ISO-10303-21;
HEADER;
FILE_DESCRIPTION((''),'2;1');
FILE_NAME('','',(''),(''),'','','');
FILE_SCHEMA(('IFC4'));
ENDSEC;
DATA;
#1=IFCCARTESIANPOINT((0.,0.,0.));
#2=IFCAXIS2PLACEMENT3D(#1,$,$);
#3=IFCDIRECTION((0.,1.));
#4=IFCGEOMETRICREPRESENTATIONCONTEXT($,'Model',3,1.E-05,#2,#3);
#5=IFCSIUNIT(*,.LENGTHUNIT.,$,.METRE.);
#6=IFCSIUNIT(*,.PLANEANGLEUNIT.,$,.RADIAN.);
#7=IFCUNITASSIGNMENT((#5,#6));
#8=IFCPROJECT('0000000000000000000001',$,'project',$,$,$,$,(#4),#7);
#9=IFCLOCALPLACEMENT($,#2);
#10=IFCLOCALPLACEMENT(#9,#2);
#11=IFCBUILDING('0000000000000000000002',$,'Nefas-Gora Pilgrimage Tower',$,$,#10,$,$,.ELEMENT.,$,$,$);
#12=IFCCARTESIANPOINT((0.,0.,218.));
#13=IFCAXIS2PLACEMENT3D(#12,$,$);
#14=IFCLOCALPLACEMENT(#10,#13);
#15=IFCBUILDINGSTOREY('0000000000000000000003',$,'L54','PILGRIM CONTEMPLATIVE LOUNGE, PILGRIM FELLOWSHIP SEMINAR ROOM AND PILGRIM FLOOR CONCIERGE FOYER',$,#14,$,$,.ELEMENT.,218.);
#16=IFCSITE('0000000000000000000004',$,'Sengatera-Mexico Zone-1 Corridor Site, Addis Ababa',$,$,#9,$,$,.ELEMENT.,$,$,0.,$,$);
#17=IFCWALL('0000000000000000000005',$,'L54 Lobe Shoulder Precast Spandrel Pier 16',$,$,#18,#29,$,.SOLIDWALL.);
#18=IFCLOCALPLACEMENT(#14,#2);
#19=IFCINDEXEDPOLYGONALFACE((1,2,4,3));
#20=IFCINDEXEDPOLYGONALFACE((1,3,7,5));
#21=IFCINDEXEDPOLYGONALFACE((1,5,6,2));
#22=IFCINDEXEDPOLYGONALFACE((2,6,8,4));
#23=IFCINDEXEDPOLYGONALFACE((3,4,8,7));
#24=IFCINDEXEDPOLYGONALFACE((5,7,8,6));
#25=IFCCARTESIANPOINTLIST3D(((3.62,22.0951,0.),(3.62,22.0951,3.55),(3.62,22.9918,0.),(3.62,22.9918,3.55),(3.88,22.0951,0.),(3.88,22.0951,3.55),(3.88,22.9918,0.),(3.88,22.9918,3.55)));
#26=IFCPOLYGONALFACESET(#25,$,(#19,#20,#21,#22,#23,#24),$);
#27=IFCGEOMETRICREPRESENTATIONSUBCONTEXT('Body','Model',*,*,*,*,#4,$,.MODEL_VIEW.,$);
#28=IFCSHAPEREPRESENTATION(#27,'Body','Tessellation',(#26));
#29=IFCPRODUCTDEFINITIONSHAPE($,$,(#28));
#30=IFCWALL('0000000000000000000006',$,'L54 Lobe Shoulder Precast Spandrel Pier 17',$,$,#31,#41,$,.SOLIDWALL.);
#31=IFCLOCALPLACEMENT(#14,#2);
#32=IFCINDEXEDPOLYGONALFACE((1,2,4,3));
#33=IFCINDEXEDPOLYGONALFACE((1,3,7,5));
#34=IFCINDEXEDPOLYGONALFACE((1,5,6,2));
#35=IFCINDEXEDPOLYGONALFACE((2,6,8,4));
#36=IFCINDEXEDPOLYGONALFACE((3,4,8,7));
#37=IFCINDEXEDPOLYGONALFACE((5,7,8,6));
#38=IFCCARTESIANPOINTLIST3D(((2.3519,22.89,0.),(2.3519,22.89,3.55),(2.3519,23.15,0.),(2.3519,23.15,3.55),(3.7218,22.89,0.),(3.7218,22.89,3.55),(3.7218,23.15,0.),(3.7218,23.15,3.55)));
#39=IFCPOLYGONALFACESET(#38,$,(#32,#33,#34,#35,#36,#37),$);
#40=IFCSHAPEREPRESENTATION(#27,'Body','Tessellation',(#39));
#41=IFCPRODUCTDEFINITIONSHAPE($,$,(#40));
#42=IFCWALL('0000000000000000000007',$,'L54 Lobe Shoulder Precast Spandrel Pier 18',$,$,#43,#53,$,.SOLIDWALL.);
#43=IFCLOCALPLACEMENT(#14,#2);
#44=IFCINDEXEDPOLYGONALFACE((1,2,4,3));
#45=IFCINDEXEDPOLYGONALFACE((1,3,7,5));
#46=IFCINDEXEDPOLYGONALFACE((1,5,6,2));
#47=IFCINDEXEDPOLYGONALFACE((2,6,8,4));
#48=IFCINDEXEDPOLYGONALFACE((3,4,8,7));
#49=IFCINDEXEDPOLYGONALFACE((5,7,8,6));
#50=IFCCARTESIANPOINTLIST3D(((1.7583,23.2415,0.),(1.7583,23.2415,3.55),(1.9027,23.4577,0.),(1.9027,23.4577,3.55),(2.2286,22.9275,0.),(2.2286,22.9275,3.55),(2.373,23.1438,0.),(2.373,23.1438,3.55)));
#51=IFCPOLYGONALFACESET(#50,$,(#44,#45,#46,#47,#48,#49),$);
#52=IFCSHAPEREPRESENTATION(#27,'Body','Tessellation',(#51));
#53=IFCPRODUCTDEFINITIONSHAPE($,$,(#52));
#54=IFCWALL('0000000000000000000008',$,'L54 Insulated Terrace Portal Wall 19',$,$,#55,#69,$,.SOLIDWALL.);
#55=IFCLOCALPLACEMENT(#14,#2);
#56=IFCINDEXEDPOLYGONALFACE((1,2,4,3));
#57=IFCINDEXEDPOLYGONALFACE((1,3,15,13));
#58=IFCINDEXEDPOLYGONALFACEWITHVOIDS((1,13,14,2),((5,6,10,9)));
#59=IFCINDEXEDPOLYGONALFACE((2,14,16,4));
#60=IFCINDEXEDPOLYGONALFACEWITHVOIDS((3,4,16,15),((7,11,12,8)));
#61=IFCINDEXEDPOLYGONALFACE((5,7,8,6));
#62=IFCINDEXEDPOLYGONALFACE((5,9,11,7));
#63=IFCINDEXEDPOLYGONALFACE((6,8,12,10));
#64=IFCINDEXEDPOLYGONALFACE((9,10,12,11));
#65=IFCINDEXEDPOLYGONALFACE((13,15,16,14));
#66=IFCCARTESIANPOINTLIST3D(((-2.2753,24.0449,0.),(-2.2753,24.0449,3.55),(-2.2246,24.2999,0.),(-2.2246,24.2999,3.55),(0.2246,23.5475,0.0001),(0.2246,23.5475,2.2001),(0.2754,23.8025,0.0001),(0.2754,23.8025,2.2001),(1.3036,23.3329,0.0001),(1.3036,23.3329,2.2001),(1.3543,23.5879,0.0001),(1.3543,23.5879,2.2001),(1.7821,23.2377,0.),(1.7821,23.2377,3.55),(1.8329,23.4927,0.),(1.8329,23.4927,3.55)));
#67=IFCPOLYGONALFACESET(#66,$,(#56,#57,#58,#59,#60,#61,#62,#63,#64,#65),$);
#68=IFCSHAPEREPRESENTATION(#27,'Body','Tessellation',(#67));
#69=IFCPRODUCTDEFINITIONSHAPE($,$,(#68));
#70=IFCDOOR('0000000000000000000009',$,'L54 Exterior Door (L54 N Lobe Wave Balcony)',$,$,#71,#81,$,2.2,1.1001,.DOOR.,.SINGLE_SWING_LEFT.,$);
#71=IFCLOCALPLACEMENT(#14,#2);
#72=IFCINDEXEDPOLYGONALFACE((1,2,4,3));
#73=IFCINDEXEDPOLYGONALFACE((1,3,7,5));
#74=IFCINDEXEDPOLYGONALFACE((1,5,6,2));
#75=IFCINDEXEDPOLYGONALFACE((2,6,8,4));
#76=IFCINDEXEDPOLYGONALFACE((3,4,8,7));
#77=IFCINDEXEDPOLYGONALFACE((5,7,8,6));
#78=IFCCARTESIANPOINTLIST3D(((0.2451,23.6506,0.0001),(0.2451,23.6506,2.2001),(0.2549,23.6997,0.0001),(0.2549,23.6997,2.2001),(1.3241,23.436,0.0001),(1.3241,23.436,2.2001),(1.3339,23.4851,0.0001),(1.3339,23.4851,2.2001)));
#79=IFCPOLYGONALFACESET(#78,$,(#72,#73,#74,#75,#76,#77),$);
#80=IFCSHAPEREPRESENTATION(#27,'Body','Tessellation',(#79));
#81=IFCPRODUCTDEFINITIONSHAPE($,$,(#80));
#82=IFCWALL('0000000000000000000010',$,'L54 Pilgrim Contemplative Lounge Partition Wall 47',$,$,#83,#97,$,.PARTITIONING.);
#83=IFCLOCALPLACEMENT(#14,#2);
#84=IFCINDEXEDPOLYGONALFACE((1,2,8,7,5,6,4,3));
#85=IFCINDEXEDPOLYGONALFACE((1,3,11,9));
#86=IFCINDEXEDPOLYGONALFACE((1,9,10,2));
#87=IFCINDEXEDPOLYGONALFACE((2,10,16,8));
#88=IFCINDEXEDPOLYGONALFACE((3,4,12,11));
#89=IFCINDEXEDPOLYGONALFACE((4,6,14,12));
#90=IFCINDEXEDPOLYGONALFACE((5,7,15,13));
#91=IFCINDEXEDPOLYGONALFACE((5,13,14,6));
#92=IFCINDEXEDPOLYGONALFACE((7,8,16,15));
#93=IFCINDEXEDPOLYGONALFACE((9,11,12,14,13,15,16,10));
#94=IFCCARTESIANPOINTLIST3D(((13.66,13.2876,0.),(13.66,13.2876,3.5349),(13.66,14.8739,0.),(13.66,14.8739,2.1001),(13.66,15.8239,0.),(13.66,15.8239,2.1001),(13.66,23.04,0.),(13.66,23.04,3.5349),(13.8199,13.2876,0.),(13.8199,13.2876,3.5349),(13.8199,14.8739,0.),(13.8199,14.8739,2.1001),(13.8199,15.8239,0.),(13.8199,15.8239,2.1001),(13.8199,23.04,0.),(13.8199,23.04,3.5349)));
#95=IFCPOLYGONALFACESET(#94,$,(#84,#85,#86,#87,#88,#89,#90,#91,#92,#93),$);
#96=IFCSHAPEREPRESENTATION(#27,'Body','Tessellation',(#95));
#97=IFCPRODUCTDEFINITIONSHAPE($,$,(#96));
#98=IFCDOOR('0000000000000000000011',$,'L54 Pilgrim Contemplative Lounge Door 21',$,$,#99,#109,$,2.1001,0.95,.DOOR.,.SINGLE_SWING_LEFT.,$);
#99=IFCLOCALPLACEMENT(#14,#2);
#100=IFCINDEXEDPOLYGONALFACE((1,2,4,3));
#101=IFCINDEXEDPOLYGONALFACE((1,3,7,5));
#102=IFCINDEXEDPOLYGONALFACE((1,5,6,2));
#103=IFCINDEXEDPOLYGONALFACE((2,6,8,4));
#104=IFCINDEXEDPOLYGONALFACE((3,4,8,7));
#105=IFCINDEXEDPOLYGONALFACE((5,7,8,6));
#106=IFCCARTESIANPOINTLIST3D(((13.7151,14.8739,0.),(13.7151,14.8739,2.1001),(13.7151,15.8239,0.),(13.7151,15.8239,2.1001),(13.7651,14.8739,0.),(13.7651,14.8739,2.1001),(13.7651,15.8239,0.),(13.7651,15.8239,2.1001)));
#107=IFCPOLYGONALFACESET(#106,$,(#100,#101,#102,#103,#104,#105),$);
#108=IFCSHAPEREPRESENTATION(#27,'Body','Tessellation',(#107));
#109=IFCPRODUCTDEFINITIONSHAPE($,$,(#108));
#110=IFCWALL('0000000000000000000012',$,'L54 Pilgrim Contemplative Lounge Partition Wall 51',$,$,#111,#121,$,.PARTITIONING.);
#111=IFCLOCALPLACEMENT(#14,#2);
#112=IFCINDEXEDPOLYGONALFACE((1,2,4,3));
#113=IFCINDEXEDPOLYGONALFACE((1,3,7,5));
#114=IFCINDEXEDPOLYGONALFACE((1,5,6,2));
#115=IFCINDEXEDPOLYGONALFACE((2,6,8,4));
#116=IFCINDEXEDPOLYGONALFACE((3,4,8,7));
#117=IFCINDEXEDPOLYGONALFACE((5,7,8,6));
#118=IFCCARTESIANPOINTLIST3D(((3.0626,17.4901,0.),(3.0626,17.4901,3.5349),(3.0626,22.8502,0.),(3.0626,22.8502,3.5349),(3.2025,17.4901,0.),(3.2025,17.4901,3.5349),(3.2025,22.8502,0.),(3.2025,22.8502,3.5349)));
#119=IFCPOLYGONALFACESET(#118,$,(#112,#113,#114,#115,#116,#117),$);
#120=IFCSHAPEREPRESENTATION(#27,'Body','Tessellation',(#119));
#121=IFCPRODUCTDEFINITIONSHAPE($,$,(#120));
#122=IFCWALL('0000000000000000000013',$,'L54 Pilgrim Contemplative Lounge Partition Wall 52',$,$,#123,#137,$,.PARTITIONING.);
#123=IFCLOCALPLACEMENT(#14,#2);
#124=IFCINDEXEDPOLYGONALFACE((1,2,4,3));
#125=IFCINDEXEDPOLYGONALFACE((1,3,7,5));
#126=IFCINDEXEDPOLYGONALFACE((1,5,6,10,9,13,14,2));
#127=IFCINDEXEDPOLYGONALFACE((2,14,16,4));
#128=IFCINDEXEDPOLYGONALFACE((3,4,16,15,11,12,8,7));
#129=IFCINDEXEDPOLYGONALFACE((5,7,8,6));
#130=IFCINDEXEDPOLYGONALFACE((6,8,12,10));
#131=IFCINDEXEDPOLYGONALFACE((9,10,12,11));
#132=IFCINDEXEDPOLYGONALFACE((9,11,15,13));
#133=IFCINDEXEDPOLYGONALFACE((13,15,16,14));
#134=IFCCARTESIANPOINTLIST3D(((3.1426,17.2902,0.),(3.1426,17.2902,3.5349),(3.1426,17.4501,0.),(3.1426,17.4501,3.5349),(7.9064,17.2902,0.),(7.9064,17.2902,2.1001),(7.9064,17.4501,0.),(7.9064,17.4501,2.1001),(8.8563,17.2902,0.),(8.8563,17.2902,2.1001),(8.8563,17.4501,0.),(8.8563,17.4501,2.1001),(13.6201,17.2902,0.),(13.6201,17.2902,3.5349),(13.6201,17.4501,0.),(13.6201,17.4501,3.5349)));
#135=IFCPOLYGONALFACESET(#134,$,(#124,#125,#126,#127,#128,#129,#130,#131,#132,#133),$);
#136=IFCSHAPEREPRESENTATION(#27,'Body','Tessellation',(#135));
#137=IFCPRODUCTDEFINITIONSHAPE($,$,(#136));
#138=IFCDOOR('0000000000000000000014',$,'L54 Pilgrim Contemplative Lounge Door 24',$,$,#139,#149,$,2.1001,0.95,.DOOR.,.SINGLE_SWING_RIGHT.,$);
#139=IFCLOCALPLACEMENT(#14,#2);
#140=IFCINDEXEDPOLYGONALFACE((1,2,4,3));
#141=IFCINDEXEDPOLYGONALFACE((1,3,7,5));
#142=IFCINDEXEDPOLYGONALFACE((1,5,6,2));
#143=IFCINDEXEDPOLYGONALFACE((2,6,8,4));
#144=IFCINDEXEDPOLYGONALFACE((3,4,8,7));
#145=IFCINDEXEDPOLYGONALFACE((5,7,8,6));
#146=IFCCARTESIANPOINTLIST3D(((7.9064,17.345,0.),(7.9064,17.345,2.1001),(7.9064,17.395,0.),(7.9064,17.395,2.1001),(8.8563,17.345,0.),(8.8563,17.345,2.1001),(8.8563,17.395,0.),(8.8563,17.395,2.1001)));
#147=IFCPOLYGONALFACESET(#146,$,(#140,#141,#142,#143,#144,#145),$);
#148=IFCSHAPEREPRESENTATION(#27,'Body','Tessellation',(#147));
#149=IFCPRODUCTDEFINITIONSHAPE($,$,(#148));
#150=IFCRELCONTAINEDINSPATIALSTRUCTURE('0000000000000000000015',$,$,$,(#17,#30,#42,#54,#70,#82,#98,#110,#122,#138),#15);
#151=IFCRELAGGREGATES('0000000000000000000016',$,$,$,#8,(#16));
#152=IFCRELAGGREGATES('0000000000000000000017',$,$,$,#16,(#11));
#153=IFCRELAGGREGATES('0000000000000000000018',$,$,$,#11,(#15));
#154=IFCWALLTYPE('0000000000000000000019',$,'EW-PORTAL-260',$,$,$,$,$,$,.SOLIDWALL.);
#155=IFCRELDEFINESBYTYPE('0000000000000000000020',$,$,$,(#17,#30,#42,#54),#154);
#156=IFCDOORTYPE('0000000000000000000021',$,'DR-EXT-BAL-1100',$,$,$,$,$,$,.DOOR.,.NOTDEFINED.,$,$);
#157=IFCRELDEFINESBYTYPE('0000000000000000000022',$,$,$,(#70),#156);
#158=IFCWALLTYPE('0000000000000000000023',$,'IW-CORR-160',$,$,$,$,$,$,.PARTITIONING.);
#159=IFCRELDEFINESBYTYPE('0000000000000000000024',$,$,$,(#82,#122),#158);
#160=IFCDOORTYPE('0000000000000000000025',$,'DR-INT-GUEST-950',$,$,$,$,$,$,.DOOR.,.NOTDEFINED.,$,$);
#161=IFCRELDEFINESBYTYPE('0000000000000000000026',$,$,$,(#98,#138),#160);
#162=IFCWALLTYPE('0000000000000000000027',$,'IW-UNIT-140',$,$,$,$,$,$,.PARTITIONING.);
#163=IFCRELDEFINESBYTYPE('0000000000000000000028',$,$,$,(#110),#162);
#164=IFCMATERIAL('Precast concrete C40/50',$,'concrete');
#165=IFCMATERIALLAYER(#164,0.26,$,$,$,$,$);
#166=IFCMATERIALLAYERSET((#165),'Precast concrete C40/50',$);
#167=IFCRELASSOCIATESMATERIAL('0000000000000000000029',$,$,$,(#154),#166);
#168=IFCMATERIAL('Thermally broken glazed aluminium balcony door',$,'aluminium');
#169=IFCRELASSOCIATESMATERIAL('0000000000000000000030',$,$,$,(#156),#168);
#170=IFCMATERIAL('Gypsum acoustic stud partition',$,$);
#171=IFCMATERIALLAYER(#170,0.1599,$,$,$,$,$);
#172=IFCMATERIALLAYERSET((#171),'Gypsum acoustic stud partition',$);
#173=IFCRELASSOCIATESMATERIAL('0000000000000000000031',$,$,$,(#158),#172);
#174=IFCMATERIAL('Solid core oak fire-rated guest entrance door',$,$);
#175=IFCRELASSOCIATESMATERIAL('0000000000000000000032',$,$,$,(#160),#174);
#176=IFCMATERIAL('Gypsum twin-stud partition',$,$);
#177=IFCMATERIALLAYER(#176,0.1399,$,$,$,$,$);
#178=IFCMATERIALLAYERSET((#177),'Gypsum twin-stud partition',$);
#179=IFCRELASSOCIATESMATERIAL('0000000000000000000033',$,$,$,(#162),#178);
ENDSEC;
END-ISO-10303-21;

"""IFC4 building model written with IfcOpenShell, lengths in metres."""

from ifc_helpers import new_model, si_unit, direction, frame, frame_2d, origin, place, context, subcontext, project, spatial, rectangle, extrude, source, transform, mapped, material, layer, layer_set, type_object, element, fill, save


model = new_model("IFC4")

# Units and contexts
model_context = context("Model", 3, precision=1e-05, world=origin(), true_north=direction((0.0, 1.0)))
body_context = subcontext(model_context, "Body", "Model", "MODEL_VIEW")
ifc_project = project(units=[si_unit("LENGTHUNIT", "METRE"), si_unit("PLANEANGLEUNIT", "RADIAN")], contexts=[model_context])

# Site, building, storey
site_placement = place(None, origin())
site = spatial("IfcSite", under=ifc_project, at=site_placement, Name="Sengatera-Mexico Zone-1 Corridor Site, Addis Ababa", CompositionType="ELEMENT", RefElevation=0.0)
building_placement = place(site_placement, origin())
building = spatial("IfcBuilding", under=site, at=building_placement, Name="Nefas-Gora Pilgrimage Tower", CompositionType="ELEMENT")
storey_placement = place(building_placement, frame((0.0, 0.0, 218.0)))
storey = spatial("IfcBuildingStorey", under=building, at=storey_placement, Name="L54", Description="PILGRIM CONTEMPLATIVE LOUNGE, PILGRIM FELLOWSHIP SEMINAR ROOM AND PILGRIM FLOOR CONCIERGE FOYER", CompositionType="ELEMENT", Elevation=218.0)

# Walls
ifc_material_1 = material(Name="Precast concrete C40/50", Category="concrete")
ifc_layer_1 = layer(ifc_material_1, 0.26)
ifc_layer_set_1 = layer_set([ifc_layer_1], Name="Precast concrete C40/50")
wall_type_1 = type_object("IfcWallType", Name="EW-PORTAL-260", PredefinedType="SOLIDWALL", material=ifc_layer_set_1)
shared_shape_1 = source(origin(), body_context, "Body", "SweptSolid", [
    extrude(rectangle(XDim=0.8967, YDim=0.26, at=frame_2d((0.4482, 0.0))), origin(), (0.0, 0.0, 1.0), 3.55),
])
wall_1_placement = place(storey_placement, frame((3.75, 22.0952, 0.0), z_axis=(0.0, 0.0, 1.0), x_axis=(0.0, 1.0, 0.0)))
element("IfcWall", 1, at=wall_1_placement, inside=storey, type_object=wall_type_1, Name="L54 Lobe Shoulder Precast Spandrel Pier 16", PredefinedType="SOLIDWALL", context=body_context, shape_type="MappedRepresentation", body=[
    mapped(shared_shape_1, transform((0.0, 0.0, 0.0), x_axis=(1.0, 0.0, 0.0), y_axis=(0.0, 1.0, 0.0), z_axis=(0.0, 0.0, 1.0), scale=1.0)),
])
shared_shape_2 = source(origin(), body_context, "Body", "SweptSolid", [
    extrude(rectangle(XDim=1.3699, YDim=0.26, at=frame_2d((0.6851, 0.0))), origin(), (0.0, 0.0, 1.0), 3.55),
])
wall_2_placement = place(storey_placement, frame((3.7219, 23.02, 0.0), z_axis=(0.0, 0.0, 1.0), x_axis=(-1.0, 0.0, 0.0)))
element("IfcWall", 2, at=wall_2_placement, inside=storey, type_object=wall_type_1, Name="L54 Lobe Shoulder Precast Spandrel Pier 17", PredefinedType="SOLIDWALL", context=body_context, shape_type="MappedRepresentation", body=[
    mapped(shared_shape_2, transform((0.0, 0.0, 0.0), x_axis=(1.0, 0.0, 0.0), y_axis=(0.0, 1.0, 0.0), z_axis=(0.0, 0.0, 1.0), scale=1.0)),
])
shared_shape_3 = source(origin(), body_context, "Body", "SweptSolid", [
    extrude(rectangle(XDim=0.5654, YDim=0.26, at=frame_2d((0.2827, 0.0))), origin(), (0.0, 0.0, 1.0), 3.55),
])
wall_3_placement = place(storey_placement, frame((2.3008, 23.0356, 0.0), z_axis=(0.0, 0.0, 1.0), x_axis=(-0.831651, 0.555298, 0.0)))
element("IfcWall", 3, at=wall_3_placement, inside=storey, type_object=wall_type_1, Name="L54 Lobe Shoulder Precast Spandrel Pier 18", PredefinedType="SOLIDWALL", context=body_context, shape_type="MappedRepresentation", body=[
    mapped(shared_shape_3, transform((0.0, 0.0, 0.0), x_axis=(1.0, 0.0, 0.0), y_axis=(0.0, 1.0, 0.0), z_axis=(0.0, 0.0, 1.0), scale=1.0)),
])

# Walls, openings, doors
shared_shape_4 = source(origin(), body_context, "Body", "SweptSolid", [
    extrude(rectangle(XDim=4.137, YDim=0.26, at=frame_2d((2.0684, 0.0))), origin(), (0.0, 0.0, 1.0), 3.55),
])
wall_4_placement = place(storey_placement, frame((1.8074, 23.3652, 0.0), z_axis=(0.0, 0.0, 1.0), x_axis=(-0.980782, 0.195106, 0.0)))
wall_4 = element("IfcWall", 4, at=wall_4_placement, inside=storey, type_object=wall_type_1, Name="L54 Insulated Terrace Portal Wall 19", PredefinedType="SOLIDWALL", context=body_context, shape_type="MappedRepresentation", body=[
    mapped(shared_shape_4, transform((0.0, 0.0, 0.0), x_axis=(1.0, 0.0, 0.0), y_axis=(0.0, 1.0, 0.0), z_axis=(0.0, 0.0, 1.0), scale=1.0)),
])
opening_1_placement = place(wall_4_placement, frame((0.4878, 0.0, 0.0)))
opening_1 = element("IfcOpeningElement", 5, at=opening_1_placement, cuts=wall_4, PredefinedType="OPENING", context=body_context, shape_type="SweptSolid", body=[
    extrude(rectangle(XDim=1.1001, YDim=2.2, at=frame_2d((0.55, 1.1001))), frame((0.0, 0.1399, 0.0), z_axis=(0.0, -1.0, 0.0), x_axis=(1.0, 0.0, 0.0)), (0.0, 0.0, 1.0), 0.28),
])
ifc_material_2 = material(Name="Thermally broken glazed aluminium balcony door", Category="aluminium")
door_type_1 = type_object("IfcDoorType", Name="DR-EXT-BAL-1100", OperationType="NOTDEFINED", PredefinedType="DOOR", material=ifc_material_2)
shared_shape_5 = source(origin(), body_context, "Body", "SweptSolid", [
    extrude(rectangle(XDim=1.1001, YDim=2.2, at=frame_2d((0.55, 1.1001))), frame((0.0, 0.0249, 0.0), z_axis=(0.0, -1.0, 0.0), x_axis=(1.0, 0.0, 0.0)), (0.0, 0.0, 1.0), 0.05),
])
door_1_placement = place(opening_1_placement, origin())
door_1 = element("IfcDoor", 6, at=door_1_placement, inside=storey, type_object=door_type_1, Name="L54 Exterior Door (L54 N Lobe Wave Balcony)", OperationType="SINGLE_SWING_LEFT", OverallHeight=2.2, OverallWidth=1.1001, PredefinedType="DOOR", context=body_context, shape_type="MappedRepresentation", body=[
    mapped(shared_shape_5, transform((0.0, 0.0, 0.0), x_axis=(1.0, 0.0, 0.0), y_axis=(0.0, 1.0, 0.0), z_axis=(0.0, 0.0, 1.0), scale=1.0)),
])
fill(opening_1, door_1)
ifc_material_3 = material(Name="Gypsum acoustic stud partition")
ifc_layer_2 = layer(ifc_material_3, 0.1599)
ifc_layer_set_2 = layer_set([ifc_layer_2], Name="Gypsum acoustic stud partition")
wall_type_2 = type_object("IfcWallType", Name="IW-CORR-160", PredefinedType="PARTITIONING", material=ifc_layer_set_2)
shared_shape_6 = source(origin(), body_context, "Body", "SweptSolid", [
    extrude(rectangle(XDim=9.7524, YDim=0.1599, at=frame_2d((4.8762, 0.0))), origin(), (0.0, 0.0, 1.0), 3.5349),
])
wall_5_placement = place(storey_placement, frame((13.74, 13.2876, 0.0), z_axis=(0.0, 0.0, 1.0), x_axis=(0.0, 1.0, 0.0)))
wall_5 = element("IfcWall", 7, at=wall_5_placement, inside=storey, type_object=wall_type_2, Name="L54 Pilgrim Contemplative Lounge Partition Wall 47", PredefinedType="PARTITIONING", context=body_context, shape_type="MappedRepresentation", body=[
    mapped(shared_shape_6, transform((0.0, 0.0, 0.0), x_axis=(1.0, 0.0, 0.0), y_axis=(0.0, 1.0, 0.0), z_axis=(0.0, 0.0, 1.0), scale=1.0)),
])
opening_2_placement = place(wall_5_placement, frame((1.5862, 0.0, 0.0)))
opening_2 = element("IfcOpeningElement", 8, at=opening_2_placement, cuts=wall_5, PredefinedType="OPENING", context=body_context, shape_type="SweptSolid", body=[
    extrude(rectangle(XDim=0.95, YDim=2.1001, at=frame_2d((0.4751, 1.05))), frame((0.0, 0.0898, 0.0), z_axis=(0.0, -1.0, 0.0), x_axis=(1.0, 0.0, 0.0)), (0.0, 0.0, 1.0), 0.1799),
])
ifc_material_4 = material(Name="Solid core oak fire-rated guest entrance door")
door_type_2 = type_object("IfcDoorType", Name="DR-INT-GUEST-950", OperationType="NOTDEFINED", PredefinedType="DOOR", material=ifc_material_4)
shared_shape_7 = source(origin(), body_context, "Body", "SweptSolid", [
    extrude(rectangle(XDim=0.95, YDim=2.1001, at=frame_2d((0.4751, 1.05))), frame((0.0, 0.0249, 0.0), z_axis=(0.0, -1.0, 0.0), x_axis=(1.0, 0.0, 0.0)), (0.0, 0.0, 1.0), 0.05),
])
door_2_placement = place(opening_2_placement, origin())
door_2 = element("IfcDoor", 9, at=door_2_placement, inside=storey, type_object=door_type_2, Name="L54 Pilgrim Contemplative Lounge Door 21", OperationType="SINGLE_SWING_LEFT", OverallHeight=2.1001, OverallWidth=0.95, PredefinedType="DOOR", context=body_context, shape_type="MappedRepresentation", body=[
    mapped(shared_shape_7, transform((0.0, 0.0, 0.0), x_axis=(1.0, 0.0, 0.0), y_axis=(0.0, 1.0, 0.0), z_axis=(0.0, 0.0, 1.0), scale=1.0)),
])
fill(opening_2, door_2)

# Wall
ifc_material_5 = material(Name="Gypsum twin-stud partition")
ifc_layer_3 = layer(ifc_material_5, 0.1399)
ifc_layer_set_3 = layer_set([ifc_layer_3], Name="Gypsum twin-stud partition")
wall_type_3 = type_object("IfcWallType", Name="IW-UNIT-140", PredefinedType="PARTITIONING", material=ifc_layer_set_3)
shared_shape_8 = source(origin(), body_context, "Body", "SweptSolid", [
    extrude(rectangle(XDim=5.3601, YDim=0.1399, at=frame_2d((2.6802, 0.0))), origin(), (0.0, 0.0, 1.0), 3.5349),
])
wall_6_placement = place(storey_placement, frame((3.1326, 17.49, 0.0), z_axis=(0.0, 0.0, 1.0), x_axis=(0.0, 1.0, 0.0)))
element("IfcWall", 10, at=wall_6_placement, inside=storey, type_object=wall_type_3, Name="L54 Pilgrim Contemplative Lounge Partition Wall 51", PredefinedType="PARTITIONING", context=body_context, shape_type="MappedRepresentation", body=[
    mapped(shared_shape_8, transform((0.0, 0.0, 0.0), x_axis=(1.0, 0.0, 0.0), y_axis=(0.0, 1.0, 0.0), z_axis=(0.0, 0.0, 1.0), scale=1.0)),
])

# Wall, opening, door
shared_shape_9 = source(origin(), body_context, "Body", "SweptSolid", [
    extrude(rectangle(XDim=10.4775, YDim=0.1599, at=frame_2d((5.2388, 0.0))), origin(), (0.0, 0.0, 1.0), 3.5349),
])
wall_7_placement = place(storey_placement, frame((3.1426, 17.3701, 0.0), z_axis=(0.0, 0.0, 1.0), x_axis=(1.0, 0.0, 0.0)))
wall_7 = element("IfcWall", 11, at=wall_7_placement, inside=storey, type_object=wall_type_2, Name="L54 Pilgrim Contemplative Lounge Partition Wall 52", PredefinedType="PARTITIONING", context=body_context, shape_type="MappedRepresentation", body=[
    mapped(shared_shape_9, transform((0.0, 0.0, 0.0), x_axis=(1.0, 0.0, 0.0), y_axis=(0.0, 1.0, 0.0), z_axis=(0.0, 0.0, 1.0), scale=1.0)),
])
opening_3_placement = place(wall_7_placement, frame((4.7637, 0.0, 0.0)))
opening_3 = element("IfcOpeningElement", 12, at=opening_3_placement, cuts=wall_7, PredefinedType="OPENING", context=body_context, shape_type="SweptSolid", body=[
    extrude(rectangle(XDim=0.95, YDim=2.1001, at=frame_2d((0.4751, 1.05))), frame((0.0, 0.0898, 0.0), z_axis=(0.0, -1.0, 0.0), x_axis=(1.0, 0.0, 0.0)), (0.0, 0.0, 1.0), 0.1799),
])
door_3_placement = place(opening_3_placement, origin())
door_3 = element("IfcDoor", 13, at=door_3_placement, inside=storey, type_object=door_type_2, Name="L54 Pilgrim Contemplative Lounge Door 24", OperationType="SINGLE_SWING_RIGHT", OverallHeight=2.1001, OverallWidth=0.95, PredefinedType="DOOR", context=body_context, shape_type="MappedRepresentation", body=[
    mapped(shared_shape_7, transform((0.0, 0.0, 0.0), x_axis=(1.0, 0.0, 0.0), y_axis=(0.0, 1.0, 0.0), z_axis=(0.0, 0.0, 1.0), scale=1.0)),
])
fill(opening_3, door_3)

save(model, "model.ifc")
